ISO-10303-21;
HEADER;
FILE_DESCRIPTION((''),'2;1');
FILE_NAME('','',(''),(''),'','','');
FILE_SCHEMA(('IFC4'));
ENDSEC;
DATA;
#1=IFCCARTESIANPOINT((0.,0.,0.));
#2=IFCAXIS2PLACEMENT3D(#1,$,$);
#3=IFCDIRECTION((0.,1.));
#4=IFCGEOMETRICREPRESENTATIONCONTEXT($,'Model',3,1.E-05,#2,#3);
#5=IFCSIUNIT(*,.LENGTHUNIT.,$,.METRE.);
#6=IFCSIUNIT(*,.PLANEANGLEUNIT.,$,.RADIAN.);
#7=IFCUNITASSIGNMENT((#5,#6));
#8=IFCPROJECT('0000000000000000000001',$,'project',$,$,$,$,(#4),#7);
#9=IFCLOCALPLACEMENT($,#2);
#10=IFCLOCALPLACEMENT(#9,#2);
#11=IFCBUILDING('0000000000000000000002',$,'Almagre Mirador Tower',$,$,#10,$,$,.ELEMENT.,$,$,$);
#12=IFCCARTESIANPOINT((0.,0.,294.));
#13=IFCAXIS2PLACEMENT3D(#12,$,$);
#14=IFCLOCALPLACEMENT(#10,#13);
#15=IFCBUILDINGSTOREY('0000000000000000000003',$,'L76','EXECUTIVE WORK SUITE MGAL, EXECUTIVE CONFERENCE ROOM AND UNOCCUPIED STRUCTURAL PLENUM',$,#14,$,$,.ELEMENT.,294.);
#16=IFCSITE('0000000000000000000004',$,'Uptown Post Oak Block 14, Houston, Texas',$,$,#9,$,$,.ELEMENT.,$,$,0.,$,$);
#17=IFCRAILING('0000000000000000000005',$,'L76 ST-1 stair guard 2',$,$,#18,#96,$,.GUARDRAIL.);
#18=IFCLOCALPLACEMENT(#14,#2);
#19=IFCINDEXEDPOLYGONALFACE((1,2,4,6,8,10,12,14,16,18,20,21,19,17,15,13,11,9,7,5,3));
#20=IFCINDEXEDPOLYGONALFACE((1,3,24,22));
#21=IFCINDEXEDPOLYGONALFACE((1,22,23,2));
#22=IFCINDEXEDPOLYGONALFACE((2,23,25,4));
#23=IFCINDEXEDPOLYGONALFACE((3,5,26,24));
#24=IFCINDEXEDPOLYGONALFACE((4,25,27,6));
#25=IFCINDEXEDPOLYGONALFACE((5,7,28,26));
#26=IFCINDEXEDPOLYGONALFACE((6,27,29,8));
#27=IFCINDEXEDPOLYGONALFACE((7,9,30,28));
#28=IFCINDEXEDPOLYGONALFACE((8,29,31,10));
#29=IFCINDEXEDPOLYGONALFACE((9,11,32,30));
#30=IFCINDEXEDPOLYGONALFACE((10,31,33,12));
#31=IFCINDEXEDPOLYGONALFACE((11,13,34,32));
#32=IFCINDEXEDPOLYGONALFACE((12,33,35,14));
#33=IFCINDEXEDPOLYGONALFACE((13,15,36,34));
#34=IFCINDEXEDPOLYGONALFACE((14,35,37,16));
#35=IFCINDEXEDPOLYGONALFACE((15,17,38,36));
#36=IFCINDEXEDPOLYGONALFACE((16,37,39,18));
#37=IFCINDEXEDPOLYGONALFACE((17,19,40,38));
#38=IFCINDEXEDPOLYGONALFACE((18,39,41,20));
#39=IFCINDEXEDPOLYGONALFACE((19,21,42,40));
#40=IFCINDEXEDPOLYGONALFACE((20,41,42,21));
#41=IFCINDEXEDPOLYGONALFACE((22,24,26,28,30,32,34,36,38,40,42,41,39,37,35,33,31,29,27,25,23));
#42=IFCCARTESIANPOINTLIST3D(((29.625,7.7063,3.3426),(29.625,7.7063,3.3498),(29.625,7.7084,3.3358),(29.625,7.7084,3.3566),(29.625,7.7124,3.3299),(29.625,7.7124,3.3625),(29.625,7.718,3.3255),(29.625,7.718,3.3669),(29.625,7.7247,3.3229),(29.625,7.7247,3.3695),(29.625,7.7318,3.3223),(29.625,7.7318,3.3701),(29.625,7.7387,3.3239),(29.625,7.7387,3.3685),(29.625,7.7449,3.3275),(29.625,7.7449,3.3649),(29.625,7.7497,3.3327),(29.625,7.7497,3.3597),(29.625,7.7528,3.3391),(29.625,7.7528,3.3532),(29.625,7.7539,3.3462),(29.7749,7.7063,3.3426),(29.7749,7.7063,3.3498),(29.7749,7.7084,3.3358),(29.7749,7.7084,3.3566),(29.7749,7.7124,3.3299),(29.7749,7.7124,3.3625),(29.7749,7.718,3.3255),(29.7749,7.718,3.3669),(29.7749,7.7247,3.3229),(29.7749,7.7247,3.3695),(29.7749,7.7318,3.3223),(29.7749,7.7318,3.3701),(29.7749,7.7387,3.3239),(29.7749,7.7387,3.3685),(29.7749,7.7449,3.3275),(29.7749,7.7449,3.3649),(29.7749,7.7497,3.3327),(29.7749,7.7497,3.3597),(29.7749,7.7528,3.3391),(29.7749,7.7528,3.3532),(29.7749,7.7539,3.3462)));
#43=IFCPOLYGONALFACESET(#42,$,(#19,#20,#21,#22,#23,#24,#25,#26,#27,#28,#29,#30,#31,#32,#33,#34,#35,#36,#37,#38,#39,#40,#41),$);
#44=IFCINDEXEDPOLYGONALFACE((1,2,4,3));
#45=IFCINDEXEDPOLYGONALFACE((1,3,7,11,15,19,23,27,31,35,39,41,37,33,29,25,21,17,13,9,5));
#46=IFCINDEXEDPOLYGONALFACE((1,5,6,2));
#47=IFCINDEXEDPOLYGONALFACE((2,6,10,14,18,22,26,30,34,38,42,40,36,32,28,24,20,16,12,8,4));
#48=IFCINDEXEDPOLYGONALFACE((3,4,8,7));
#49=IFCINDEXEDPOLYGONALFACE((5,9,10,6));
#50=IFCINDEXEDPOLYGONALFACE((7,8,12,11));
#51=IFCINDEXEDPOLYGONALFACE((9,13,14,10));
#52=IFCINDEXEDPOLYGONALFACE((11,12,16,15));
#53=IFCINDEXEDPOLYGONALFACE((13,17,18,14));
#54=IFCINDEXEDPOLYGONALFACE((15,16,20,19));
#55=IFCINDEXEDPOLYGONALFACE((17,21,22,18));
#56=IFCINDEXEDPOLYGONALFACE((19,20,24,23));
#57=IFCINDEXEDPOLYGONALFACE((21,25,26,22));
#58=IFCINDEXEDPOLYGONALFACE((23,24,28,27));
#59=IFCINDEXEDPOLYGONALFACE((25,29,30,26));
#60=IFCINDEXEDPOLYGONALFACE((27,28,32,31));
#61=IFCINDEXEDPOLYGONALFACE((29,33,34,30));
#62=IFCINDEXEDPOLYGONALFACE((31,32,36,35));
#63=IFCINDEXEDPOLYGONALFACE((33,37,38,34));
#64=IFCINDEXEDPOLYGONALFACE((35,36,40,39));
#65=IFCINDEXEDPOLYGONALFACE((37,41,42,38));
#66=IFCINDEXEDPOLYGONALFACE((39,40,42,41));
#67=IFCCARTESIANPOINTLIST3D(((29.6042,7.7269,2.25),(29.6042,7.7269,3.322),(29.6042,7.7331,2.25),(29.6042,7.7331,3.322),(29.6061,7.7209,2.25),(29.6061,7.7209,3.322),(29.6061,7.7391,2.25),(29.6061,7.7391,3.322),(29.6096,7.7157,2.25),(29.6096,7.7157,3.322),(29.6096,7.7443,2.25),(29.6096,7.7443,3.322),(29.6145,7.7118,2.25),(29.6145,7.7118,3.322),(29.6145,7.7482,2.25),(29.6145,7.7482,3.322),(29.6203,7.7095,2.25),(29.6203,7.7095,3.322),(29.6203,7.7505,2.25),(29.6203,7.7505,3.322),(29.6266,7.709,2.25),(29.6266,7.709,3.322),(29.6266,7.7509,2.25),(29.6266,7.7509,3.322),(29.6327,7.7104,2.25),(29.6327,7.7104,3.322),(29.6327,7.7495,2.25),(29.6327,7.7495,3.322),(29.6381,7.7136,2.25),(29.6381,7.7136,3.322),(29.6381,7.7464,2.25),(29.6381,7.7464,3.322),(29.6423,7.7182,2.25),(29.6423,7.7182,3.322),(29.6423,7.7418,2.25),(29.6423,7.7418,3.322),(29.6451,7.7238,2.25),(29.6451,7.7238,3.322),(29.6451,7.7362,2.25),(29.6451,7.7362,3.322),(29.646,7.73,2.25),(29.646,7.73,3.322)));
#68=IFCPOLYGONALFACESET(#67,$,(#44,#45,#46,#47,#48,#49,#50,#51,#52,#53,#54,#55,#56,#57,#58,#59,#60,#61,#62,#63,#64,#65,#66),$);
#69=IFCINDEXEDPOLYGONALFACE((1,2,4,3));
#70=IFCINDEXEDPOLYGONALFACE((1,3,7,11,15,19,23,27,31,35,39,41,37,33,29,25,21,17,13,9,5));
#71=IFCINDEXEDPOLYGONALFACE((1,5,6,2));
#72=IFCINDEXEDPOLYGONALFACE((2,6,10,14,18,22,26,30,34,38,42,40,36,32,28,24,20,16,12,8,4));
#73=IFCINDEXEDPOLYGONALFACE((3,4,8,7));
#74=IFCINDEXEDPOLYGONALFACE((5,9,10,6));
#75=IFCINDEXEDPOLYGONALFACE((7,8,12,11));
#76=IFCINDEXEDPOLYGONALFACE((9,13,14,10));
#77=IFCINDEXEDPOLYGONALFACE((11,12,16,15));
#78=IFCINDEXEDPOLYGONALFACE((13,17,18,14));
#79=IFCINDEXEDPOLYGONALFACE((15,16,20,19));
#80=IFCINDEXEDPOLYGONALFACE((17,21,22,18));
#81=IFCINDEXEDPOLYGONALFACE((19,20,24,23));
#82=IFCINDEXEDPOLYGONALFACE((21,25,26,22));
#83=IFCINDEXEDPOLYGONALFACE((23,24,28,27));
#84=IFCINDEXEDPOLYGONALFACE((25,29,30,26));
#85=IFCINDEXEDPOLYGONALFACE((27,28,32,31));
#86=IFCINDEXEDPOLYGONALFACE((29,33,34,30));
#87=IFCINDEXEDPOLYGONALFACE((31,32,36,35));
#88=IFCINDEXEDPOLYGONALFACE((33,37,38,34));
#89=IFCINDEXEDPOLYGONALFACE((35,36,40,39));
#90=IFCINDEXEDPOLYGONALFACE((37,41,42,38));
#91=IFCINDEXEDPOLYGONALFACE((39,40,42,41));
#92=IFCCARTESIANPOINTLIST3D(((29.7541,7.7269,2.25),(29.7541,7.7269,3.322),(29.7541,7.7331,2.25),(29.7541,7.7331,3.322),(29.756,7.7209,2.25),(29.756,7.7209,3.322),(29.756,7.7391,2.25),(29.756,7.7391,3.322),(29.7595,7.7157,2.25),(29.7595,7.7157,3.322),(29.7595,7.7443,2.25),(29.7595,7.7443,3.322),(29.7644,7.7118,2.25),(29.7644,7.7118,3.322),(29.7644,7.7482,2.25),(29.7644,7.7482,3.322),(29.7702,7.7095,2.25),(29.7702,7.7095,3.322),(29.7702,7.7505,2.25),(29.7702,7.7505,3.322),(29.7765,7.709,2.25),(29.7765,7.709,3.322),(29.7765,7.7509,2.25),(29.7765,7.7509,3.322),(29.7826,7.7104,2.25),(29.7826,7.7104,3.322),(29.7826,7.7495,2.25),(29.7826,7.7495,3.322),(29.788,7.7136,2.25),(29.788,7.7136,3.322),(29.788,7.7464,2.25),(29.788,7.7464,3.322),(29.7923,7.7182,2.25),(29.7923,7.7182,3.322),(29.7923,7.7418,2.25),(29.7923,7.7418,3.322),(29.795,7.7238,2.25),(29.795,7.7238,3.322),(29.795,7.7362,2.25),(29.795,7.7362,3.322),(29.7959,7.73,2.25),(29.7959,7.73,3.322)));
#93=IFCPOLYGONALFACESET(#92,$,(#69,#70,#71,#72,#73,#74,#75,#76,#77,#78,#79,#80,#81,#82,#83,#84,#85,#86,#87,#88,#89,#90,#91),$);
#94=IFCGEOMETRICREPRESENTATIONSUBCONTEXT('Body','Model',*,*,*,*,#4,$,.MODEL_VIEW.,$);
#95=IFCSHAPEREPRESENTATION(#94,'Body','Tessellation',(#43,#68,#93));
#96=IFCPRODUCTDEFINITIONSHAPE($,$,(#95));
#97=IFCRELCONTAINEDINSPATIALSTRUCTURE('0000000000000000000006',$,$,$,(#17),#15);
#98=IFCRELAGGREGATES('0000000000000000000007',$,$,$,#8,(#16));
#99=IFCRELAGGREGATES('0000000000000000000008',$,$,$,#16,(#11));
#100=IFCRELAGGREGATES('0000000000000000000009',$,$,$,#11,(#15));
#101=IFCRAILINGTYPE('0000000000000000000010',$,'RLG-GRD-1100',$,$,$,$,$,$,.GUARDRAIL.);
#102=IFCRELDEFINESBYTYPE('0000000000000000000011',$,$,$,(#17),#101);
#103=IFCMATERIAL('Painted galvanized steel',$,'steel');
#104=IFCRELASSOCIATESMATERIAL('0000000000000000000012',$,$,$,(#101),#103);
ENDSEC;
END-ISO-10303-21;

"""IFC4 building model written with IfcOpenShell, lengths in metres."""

from ifc_helpers import new_model, si_unit, direction, frame, origin, origin_2d, place, context, subcontext, project, spatial, circle, extrude, material, type_object, element, save


model = new_model("IFC4")

# Units and contexts
model_context = context("Model", 3, precision=1e-05, world=origin(), true_north=direction((0.0, 1.0)))
body_context = subcontext(model_context, "Body", "Model", "MODEL_VIEW")
ifc_project = project(units=[si_unit("LENGTHUNIT", "METRE"), si_unit("PLANEANGLEUNIT", "RADIAN")], contexts=[model_context])

# Site, building, storey
site_placement = place(None, origin())
site = spatial("IfcSite", under=ifc_project, at=site_placement, Name="Uptown Post Oak Block 14, Houston, Texas", CompositionType="ELEMENT", RefElevation=0.0)
building_placement = place(site_placement, origin())
building = spatial("IfcBuilding", under=site, at=building_placement, Name="Almagre Mirador Tower", CompositionType="ELEMENT")
storey_placement = place(building_placement, frame((0.0, 0.0, 294.0)))
storey = spatial("IfcBuildingStorey", under=building, at=storey_placement, Name="L76", Description="EXECUTIVE WORK SUITE MGAL, EXECUTIVE CONFERENCE ROOM AND UNOCCUPIED STRUCTURAL PLENUM", CompositionType="ELEMENT", Elevation=294.0)

# Railing
ifc_material_1 = material(Name="Painted galvanized steel", Category="steel")
railing_type_1 = type_object("IfcRailingType", Name="RLG-GRD-1100", PredefinedType="GUARDRAIL", material=ifc_material_1)
railing_1_placement = place(storey_placement, frame((29.625, 7.73, 2.25)))
element("IfcRailing", 1, at=railing_1_placement, inside=storey, type_object=railing_type_1, Name="L76 ST-1 stair guard 2", PredefinedType="GUARDRAIL", context=body_context, shape_type="SweptSolid", body=[
    extrude(circle(Radius=0.0239, at=origin_2d()), frame((0.0, 0.0, 1.0962), z_axis=(1.0, 0.0, 0.0), x_axis=(0.0, 1.0, 0.0)), (0.0, 0.0, 1.0), 0.1499),
    extrude(circle(Radius=0.021, at=origin_2d()), origin(), (0.0, 0.0, 1.0), 1.072),
    extrude(circle(Radius=0.021, at=origin_2d()), frame((0.1499, 0.0, 0.0)), (0.0, 0.0, 1.0), 1.072),
])

save(model, "model.ifc")
